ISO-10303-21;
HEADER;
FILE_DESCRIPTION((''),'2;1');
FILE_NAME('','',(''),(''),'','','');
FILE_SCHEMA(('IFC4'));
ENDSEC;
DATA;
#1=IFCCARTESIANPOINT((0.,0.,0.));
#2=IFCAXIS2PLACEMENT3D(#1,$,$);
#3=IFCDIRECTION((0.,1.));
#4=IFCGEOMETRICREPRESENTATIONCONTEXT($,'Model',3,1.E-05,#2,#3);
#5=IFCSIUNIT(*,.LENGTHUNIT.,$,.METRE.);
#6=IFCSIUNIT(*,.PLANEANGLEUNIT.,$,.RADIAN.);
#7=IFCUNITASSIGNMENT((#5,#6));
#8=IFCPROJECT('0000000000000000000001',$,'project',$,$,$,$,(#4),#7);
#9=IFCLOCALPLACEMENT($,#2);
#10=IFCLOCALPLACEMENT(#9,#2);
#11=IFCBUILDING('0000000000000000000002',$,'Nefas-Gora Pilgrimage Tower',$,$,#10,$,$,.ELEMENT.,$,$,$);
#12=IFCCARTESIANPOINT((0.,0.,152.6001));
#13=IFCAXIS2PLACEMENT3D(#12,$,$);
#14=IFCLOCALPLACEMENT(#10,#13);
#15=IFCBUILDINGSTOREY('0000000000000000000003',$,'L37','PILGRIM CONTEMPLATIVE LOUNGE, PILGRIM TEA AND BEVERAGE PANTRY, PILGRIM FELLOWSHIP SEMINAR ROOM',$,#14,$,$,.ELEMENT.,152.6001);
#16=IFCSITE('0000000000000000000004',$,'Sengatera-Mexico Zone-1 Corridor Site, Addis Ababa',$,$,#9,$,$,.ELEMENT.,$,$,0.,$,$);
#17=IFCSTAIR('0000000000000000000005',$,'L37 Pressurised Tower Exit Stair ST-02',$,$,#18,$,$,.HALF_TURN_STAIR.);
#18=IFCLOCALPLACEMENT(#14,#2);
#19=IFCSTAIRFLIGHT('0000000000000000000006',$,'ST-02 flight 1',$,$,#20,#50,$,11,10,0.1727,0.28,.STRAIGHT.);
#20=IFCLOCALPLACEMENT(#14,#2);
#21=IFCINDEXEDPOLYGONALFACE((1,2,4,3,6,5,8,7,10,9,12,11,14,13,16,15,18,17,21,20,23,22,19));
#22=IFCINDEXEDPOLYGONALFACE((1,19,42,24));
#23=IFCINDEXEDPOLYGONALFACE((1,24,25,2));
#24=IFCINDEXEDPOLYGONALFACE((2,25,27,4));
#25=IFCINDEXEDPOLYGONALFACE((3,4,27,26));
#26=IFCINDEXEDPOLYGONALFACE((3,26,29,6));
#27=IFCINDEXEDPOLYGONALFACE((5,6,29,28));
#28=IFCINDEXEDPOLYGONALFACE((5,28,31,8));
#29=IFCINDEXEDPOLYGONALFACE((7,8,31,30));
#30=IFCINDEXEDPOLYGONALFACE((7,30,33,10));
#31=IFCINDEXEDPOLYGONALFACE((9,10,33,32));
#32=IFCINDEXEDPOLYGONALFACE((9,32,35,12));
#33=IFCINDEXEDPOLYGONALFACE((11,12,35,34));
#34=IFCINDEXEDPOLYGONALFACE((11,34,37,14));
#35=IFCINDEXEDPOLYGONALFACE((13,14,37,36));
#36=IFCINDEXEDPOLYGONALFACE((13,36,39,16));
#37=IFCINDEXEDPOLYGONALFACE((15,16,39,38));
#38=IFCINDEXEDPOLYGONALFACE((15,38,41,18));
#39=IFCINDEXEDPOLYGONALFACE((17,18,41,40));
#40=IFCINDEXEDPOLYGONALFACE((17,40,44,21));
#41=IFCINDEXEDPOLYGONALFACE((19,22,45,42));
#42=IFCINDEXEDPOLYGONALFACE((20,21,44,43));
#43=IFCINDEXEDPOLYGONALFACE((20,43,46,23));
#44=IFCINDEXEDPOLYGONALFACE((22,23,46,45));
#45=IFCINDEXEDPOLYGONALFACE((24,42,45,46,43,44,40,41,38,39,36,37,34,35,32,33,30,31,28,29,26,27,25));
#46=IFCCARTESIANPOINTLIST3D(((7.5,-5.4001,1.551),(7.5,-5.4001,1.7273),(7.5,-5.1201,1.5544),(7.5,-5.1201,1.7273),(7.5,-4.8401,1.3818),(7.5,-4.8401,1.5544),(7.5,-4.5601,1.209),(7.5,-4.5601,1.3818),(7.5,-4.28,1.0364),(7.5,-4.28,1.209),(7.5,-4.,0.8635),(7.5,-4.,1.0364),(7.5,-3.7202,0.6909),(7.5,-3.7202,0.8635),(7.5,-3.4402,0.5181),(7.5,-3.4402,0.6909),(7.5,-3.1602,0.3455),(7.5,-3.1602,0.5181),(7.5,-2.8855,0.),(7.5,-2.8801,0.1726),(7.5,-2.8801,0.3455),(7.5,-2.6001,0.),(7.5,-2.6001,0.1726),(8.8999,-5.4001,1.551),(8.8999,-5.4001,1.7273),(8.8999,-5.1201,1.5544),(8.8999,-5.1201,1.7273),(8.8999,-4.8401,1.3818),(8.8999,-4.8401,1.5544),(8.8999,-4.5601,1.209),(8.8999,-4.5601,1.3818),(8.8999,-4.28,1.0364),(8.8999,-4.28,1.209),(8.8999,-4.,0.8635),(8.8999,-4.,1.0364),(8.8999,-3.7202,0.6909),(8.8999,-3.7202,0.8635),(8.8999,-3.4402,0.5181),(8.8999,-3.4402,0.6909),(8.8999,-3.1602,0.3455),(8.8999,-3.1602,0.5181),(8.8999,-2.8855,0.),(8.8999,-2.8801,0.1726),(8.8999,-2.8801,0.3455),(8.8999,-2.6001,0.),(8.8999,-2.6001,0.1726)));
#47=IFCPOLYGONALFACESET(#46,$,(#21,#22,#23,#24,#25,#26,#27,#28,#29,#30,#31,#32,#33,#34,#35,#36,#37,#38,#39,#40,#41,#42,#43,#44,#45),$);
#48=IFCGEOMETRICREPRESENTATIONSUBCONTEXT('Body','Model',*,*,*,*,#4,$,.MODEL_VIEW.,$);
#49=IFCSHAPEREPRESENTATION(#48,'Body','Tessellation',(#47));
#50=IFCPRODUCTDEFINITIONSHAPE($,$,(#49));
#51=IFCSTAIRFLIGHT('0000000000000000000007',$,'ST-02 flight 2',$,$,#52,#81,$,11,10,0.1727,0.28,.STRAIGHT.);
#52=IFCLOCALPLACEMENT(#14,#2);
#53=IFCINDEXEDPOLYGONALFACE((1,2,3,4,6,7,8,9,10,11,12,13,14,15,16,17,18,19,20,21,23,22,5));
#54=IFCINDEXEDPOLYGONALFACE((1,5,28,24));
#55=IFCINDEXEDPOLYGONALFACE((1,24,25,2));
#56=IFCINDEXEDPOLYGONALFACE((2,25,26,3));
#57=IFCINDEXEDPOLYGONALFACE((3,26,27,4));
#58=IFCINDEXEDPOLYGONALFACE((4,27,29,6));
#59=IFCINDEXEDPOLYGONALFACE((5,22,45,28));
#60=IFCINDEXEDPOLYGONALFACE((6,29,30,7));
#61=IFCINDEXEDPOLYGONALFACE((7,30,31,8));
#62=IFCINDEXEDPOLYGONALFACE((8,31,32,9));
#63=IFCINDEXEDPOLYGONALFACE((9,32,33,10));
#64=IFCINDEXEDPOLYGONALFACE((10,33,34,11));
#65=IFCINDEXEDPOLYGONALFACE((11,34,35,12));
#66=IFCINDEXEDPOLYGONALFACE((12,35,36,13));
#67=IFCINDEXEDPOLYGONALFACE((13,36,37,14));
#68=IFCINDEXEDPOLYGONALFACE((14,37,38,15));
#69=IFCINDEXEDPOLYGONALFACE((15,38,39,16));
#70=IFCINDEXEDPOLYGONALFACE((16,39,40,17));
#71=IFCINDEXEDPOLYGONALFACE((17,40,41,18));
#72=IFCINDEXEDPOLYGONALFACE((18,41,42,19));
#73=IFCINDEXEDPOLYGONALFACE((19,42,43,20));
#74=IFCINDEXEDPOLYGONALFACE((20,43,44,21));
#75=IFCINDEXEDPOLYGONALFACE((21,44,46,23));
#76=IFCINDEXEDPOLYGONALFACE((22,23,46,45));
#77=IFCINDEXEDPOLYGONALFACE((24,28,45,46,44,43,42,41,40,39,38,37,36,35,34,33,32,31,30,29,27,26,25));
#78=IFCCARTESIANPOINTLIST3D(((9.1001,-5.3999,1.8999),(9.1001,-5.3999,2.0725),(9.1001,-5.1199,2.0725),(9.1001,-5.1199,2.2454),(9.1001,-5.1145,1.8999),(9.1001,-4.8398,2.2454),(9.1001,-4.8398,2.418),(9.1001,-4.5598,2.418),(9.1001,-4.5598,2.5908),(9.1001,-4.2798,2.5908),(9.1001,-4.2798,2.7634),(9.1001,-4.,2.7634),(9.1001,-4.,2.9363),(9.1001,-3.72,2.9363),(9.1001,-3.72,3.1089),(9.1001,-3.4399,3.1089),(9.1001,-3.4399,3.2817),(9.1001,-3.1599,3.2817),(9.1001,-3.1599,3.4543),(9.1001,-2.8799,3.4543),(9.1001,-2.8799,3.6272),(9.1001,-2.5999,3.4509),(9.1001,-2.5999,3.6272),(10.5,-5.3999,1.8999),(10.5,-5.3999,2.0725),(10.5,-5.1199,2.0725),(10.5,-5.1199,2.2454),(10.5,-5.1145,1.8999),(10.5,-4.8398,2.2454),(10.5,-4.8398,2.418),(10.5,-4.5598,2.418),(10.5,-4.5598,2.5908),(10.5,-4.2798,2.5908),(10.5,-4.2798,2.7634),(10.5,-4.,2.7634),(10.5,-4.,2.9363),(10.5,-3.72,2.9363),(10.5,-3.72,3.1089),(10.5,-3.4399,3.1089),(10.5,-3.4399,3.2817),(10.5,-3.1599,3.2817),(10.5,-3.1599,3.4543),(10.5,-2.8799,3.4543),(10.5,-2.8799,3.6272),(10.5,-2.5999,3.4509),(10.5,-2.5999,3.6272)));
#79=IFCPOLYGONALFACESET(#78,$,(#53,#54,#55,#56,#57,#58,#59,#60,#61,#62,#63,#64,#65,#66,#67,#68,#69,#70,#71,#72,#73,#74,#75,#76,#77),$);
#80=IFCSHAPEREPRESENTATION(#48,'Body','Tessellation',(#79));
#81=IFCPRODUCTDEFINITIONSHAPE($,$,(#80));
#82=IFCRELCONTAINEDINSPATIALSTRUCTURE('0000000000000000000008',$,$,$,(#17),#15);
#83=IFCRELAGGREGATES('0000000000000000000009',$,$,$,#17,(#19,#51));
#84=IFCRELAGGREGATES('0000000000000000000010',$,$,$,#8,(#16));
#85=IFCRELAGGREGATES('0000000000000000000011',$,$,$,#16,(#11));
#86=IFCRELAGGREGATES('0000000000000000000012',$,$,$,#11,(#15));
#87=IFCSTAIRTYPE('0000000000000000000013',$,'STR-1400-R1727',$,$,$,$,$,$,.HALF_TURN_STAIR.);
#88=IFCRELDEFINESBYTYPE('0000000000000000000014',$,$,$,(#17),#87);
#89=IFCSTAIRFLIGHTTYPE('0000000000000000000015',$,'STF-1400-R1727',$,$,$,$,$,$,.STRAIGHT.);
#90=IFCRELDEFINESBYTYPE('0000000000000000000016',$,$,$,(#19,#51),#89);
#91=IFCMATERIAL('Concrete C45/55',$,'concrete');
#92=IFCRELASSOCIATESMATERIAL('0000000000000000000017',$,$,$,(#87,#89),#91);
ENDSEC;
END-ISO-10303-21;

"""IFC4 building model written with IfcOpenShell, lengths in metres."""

from ifc_helpers import new_model, si_unit, direction, frame, origin, place, context, subcontext, project, spatial, polyline, outline, extrude, source, transform, mapped, material, type_object, element, aggregate, save


model = new_model("IFC4")

# Units and contexts
model_context = context("Model", 3, precision=1e-05, world=origin(), true_north=direction((0.0, 1.0)))
body_context = subcontext(model_context, "Body", "Model", "MODEL_VIEW")
ifc_project = project(units=[si_unit("LENGTHUNIT", "METRE"), si_unit("PLANEANGLEUNIT", "RADIAN")], contexts=[model_context])

# Site, building, storey
site_placement = place(None, origin())
site = spatial("IfcSite", under=ifc_project, at=site_placement, Name="Sengatera-Mexico Zone-1 Corridor Site, Addis Ababa", CompositionType="ELEMENT", RefElevation=0.0)
building_placement = place(site_placement, origin())
building = spatial("IfcBuilding", under=site, at=building_placement, Name="Nefas-Gora Pilgrimage Tower", CompositionType="ELEMENT")
storey_placement = place(building_placement, frame((0.0, 0.0, 152.6001)))
storey = spatial("IfcBuildingStorey", under=building, at=storey_placement, Name="L37", Description="PILGRIM CONTEMPLATIVE LOUNGE, PILGRIM TEA AND BEVERAGE PANTRY, PILGRIM FELLOWSHIP SEMINAR ROOM", CompositionType="ELEMENT", Elevation=152.6001)

# Shared definitions
ifc_material_1 = material(Name="Concrete C45/55", Category="concrete")

# Stair, stair flights
stair_type = type_object("IfcStairType", Name="STR-1400-R1727", PredefinedType="HALF_TURN_STAIR", material=ifc_material_1)
stair_placement = place(storey_placement, origin())
stair = element("IfcStair", 1, at=stair_placement, inside=storey, type_object=stair_type, Name="L37 Pressurised Tower Exit Stair ST-02", PredefinedType="HALF_TURN_STAIR")
stair_flight_type = type_object("IfcStairFlightType", Name="STF-1400-R1727", PredefinedType="STRAIGHT", material=ifc_material_1)
shared_shape_1 = source(origin(), body_context, "Body", "SweptSolid", [
    extrude(outline(polyline([(0.0, 0.0), (0.0, 0.1726), (0.28, 0.1726), (0.28, 0.3455), (0.5601, 0.3455), (0.5601, 0.5181), (0.8401, 0.5181), (0.8401, 0.6909), (1.1201, 0.6909), (1.1201, 0.8635), (1.3999, 0.8635), (1.3999, 1.0364), (1.6799, 1.0364), (1.6799, 1.209), (1.96, 1.209), (1.96, 1.3818), (2.24, 1.3818), (2.24, 1.5544), (2.52, 1.5544), (2.52, 1.7273), (2.8, 1.7273), (2.8, 1.8999), (2.8, 1.551), (0.2854, 0.0), (0.0, 0.0)])), frame((0.0, 0.7, 0.0), z_axis=(0.0, -1.0, 0.0), x_axis=(1.0, 0.0, 0.0)), (0.0, 0.0, 1.0), 1.3999),
])
stair_flight_1_placement = place(storey_placement, frame((8.2, -2.6001, 0.0), z_axis=(0.0, 0.0, 1.0), x_axis=(0.0, -1.0, 0.0)))
stair_flight_1 = element("IfcStairFlight", 2, at=stair_flight_1_placement, type_object=stair_flight_type, Name="ST-02 flight 1", NumberOfRisers=11, NumberOfTreads=10, PredefinedType="STRAIGHT", RiserHeight=0.1727, TreadLength=0.28, context=body_context, shape_type="MappedRepresentation", body=[
    mapped(shared_shape_1, transform((0.0, 0.0, 0.0), x_axis=(1.0, 0.0, 0.0), y_axis=(0.0, 1.0, 0.0), z_axis=(0.0, 0.0, 1.0), scale=1.0)),
])
stair_flight_2_placement = place(storey_placement, frame((9.8, -5.3999, 1.8999), z_axis=(0.0, 0.0, 1.0), x_axis=(0.0, 1.0, 0.0)))
stair_flight_2 = element("IfcStairFlight", 3, at=stair_flight_2_placement, type_object=stair_flight_type, Name="ST-02 flight 2", NumberOfRisers=11, NumberOfTreads=10, PredefinedType="STRAIGHT", RiserHeight=0.1727, TreadLength=0.28, context=body_context, shape_type="MappedRepresentation", body=[
    mapped(shared_shape_1, transform((0.0, 0.0, 0.0), x_axis=(1.0, 0.0, 0.0), y_axis=(0.0, 1.0, 0.0), z_axis=(0.0, 0.0, 1.0), scale=1.0)),
])
aggregate(stair, [stair_flight_1, stair_flight_2])

save(model, "model.ifc")
